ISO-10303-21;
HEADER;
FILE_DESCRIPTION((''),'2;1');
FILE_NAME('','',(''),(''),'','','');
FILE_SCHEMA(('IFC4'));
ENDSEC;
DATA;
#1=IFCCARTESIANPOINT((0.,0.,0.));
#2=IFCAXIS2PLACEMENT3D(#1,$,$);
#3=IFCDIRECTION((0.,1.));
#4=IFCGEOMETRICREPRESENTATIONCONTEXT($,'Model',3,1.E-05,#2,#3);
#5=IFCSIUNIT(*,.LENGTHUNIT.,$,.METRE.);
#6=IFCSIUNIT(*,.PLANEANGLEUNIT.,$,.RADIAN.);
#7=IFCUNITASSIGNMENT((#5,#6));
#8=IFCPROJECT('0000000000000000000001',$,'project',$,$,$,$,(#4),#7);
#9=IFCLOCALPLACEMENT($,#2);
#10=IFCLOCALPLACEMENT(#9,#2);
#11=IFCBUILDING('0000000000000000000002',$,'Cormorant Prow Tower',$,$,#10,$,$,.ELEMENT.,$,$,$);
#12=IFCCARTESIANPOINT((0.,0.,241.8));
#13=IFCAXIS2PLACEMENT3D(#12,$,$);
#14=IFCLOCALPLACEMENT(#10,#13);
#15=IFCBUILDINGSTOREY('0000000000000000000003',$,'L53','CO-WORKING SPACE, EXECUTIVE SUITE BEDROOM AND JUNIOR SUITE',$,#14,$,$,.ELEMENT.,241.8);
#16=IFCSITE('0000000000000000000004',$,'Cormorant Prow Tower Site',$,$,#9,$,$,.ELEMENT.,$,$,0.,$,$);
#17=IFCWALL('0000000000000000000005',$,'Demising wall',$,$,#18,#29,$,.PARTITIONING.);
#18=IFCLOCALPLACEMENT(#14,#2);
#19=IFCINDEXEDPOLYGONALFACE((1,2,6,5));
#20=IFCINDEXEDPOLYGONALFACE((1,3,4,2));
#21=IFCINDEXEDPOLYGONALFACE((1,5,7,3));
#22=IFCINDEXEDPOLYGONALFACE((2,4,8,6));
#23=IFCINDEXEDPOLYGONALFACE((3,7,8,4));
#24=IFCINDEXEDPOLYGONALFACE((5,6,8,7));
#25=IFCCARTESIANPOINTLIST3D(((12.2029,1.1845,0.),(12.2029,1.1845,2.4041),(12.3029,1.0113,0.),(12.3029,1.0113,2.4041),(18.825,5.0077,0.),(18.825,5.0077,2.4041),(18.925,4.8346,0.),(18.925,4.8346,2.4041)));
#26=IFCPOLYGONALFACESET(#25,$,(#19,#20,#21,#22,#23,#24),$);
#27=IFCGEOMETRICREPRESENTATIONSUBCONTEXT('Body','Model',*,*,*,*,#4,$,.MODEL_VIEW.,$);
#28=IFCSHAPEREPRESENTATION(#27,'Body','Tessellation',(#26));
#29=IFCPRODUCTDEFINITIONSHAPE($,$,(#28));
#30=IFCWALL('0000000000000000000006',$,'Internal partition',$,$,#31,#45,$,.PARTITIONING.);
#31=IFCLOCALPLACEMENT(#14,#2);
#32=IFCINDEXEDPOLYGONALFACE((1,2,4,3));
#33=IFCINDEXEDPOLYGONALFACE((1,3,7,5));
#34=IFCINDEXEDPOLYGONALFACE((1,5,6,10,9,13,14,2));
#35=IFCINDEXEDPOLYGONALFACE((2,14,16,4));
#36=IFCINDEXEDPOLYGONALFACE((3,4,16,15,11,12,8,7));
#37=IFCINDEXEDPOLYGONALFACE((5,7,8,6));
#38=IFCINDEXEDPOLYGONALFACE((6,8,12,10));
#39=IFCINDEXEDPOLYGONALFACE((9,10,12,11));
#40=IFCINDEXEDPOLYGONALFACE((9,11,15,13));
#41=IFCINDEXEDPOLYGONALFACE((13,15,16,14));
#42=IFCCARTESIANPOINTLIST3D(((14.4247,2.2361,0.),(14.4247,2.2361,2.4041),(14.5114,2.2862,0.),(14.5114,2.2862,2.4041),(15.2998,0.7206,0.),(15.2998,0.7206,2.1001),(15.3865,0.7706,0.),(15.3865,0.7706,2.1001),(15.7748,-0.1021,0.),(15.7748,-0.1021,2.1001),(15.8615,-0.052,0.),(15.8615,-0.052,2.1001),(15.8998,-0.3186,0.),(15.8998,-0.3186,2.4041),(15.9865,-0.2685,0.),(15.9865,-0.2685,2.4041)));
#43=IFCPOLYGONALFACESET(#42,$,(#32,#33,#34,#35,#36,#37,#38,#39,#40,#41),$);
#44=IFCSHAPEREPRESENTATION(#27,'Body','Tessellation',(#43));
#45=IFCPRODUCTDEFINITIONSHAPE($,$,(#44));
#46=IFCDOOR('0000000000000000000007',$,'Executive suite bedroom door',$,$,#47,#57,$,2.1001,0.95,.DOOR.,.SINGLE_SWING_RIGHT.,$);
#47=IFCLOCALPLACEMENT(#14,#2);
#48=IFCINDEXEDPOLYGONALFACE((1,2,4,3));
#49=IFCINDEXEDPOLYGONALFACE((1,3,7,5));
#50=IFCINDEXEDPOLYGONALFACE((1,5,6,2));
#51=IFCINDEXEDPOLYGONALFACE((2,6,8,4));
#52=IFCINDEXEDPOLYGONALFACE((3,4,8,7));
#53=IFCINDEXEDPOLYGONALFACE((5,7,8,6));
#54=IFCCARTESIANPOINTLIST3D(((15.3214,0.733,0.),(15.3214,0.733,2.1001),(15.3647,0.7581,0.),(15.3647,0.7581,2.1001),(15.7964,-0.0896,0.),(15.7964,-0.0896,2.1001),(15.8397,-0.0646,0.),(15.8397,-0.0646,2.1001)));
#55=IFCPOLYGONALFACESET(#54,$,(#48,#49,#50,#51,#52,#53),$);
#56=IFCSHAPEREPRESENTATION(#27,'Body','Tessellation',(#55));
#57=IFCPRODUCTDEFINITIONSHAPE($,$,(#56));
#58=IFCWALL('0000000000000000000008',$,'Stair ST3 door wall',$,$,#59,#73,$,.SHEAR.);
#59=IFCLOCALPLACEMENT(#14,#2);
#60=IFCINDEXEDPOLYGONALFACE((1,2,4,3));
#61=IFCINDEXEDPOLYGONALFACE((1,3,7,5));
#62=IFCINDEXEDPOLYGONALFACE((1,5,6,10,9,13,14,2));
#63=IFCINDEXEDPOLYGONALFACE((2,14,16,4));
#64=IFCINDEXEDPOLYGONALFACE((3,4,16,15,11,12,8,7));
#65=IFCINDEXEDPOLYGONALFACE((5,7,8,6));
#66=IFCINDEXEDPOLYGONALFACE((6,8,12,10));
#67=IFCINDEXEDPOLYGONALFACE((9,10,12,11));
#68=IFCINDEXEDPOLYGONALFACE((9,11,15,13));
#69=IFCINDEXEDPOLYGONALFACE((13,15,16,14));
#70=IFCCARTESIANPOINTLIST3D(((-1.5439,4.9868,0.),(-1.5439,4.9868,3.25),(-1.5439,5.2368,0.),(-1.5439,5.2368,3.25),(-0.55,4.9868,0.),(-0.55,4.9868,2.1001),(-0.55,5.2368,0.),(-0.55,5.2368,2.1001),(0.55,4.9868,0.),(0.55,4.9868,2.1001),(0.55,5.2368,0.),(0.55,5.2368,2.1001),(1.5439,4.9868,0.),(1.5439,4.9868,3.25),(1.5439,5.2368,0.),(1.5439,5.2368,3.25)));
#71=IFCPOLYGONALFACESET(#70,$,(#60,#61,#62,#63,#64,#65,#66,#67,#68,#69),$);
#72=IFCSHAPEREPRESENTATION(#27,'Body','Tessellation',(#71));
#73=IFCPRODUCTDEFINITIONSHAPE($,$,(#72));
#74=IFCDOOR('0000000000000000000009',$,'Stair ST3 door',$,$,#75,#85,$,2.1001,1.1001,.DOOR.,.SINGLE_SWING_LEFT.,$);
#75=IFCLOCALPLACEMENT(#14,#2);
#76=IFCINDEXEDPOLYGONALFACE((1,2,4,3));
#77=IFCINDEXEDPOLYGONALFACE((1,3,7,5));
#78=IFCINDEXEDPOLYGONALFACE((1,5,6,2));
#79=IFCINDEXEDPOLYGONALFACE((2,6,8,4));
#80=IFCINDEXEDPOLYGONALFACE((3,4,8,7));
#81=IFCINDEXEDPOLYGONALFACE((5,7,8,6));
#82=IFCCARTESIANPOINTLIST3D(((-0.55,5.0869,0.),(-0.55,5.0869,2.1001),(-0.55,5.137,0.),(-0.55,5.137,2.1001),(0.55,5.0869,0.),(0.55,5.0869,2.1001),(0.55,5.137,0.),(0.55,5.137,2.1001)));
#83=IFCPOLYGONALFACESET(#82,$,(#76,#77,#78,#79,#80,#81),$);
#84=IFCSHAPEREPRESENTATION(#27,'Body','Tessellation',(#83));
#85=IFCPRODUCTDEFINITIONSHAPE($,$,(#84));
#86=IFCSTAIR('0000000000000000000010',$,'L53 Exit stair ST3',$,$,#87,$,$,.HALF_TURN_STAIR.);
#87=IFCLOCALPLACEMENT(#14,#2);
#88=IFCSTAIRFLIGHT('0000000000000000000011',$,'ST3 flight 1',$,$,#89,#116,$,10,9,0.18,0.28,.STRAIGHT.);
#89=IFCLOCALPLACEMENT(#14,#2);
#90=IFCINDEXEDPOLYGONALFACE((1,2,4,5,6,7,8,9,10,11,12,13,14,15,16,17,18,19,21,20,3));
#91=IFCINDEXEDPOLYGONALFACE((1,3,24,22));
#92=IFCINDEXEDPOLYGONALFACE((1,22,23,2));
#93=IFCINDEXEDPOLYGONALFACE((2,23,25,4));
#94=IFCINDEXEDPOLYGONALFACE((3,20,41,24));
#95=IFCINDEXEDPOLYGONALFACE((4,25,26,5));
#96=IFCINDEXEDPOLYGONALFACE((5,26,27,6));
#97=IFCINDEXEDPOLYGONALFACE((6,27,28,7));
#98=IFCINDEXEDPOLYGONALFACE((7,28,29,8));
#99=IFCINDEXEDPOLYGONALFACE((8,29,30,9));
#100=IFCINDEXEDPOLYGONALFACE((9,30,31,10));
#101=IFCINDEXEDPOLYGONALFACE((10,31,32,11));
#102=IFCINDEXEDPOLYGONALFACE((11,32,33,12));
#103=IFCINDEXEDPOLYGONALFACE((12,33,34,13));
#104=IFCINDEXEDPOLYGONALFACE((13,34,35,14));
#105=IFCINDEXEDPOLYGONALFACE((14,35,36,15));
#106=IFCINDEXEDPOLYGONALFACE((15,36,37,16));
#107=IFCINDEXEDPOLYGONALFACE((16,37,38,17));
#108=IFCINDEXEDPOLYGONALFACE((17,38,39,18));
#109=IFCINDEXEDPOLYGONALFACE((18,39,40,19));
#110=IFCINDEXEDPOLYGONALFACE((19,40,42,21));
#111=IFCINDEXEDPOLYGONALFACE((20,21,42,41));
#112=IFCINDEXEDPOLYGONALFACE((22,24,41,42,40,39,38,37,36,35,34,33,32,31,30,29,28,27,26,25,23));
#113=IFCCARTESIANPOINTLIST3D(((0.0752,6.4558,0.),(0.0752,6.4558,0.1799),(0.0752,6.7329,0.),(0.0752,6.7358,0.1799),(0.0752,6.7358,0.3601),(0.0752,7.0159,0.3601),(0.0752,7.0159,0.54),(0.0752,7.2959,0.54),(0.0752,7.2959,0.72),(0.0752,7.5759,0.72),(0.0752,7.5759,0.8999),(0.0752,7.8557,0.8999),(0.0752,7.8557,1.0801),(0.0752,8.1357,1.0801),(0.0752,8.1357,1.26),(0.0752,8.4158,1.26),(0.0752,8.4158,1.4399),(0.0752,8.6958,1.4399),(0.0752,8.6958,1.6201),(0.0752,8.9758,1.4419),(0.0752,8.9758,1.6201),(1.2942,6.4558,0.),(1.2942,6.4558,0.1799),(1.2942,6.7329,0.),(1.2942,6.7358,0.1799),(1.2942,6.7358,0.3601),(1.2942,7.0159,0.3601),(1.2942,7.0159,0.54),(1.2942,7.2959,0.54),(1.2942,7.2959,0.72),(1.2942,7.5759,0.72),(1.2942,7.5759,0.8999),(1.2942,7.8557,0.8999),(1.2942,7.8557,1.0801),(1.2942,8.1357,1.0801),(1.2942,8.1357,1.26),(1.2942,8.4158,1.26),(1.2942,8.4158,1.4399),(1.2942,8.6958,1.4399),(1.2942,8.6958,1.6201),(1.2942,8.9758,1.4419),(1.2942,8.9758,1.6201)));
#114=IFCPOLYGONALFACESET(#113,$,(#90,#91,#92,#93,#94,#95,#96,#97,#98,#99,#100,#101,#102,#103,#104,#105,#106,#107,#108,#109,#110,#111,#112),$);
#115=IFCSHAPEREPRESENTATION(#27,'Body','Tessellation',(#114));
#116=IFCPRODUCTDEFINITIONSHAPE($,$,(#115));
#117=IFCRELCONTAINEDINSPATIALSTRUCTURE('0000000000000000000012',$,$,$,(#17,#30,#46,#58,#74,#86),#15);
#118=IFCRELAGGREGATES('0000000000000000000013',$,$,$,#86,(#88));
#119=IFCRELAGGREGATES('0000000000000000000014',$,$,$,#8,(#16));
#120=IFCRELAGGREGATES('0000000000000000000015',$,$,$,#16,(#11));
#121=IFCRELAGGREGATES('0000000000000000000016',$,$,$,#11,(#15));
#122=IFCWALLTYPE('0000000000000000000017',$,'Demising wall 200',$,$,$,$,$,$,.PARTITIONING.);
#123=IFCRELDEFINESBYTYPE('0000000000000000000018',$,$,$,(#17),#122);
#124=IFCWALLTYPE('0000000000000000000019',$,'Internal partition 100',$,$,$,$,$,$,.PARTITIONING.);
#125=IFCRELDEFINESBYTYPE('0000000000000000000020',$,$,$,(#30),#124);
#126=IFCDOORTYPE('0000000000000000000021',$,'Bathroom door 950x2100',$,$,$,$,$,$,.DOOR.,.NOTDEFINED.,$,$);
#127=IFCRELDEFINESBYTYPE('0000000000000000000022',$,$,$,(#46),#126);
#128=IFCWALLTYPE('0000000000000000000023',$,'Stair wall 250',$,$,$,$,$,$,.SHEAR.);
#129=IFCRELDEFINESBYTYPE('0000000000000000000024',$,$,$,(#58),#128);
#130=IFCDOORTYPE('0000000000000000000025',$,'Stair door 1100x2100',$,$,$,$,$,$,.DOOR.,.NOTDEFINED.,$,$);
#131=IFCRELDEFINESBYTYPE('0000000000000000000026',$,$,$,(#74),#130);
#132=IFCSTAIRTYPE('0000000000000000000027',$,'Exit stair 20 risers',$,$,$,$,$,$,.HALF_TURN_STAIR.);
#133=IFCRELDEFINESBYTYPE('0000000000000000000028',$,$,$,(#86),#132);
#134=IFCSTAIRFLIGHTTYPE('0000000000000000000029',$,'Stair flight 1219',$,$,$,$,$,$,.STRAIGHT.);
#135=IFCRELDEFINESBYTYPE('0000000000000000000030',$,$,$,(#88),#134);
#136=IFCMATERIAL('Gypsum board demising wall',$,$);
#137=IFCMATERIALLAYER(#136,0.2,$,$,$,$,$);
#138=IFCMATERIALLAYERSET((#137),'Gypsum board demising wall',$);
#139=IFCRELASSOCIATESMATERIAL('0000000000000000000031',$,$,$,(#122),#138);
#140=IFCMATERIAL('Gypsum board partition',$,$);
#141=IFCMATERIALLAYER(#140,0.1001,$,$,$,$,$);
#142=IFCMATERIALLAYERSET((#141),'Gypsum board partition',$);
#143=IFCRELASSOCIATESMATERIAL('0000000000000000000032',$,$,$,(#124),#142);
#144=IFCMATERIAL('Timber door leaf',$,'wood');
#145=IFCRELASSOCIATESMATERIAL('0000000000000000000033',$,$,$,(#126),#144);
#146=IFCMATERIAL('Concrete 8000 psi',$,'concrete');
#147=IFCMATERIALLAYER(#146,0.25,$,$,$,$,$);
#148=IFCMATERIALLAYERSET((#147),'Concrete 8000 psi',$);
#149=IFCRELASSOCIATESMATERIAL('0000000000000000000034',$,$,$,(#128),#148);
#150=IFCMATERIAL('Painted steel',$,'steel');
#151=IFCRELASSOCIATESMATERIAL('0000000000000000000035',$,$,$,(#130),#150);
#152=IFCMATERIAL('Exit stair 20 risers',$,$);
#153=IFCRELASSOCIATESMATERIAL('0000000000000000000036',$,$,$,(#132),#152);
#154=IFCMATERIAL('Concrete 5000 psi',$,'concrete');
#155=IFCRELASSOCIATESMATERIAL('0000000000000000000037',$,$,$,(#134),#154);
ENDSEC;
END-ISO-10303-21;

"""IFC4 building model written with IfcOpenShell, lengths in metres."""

from ifc_helpers import new_model, si_unit, direction, frame, frame_2d, origin, place, context, subcontext, project, spatial, polyline, rectangle, outline, extrude, material, layer, layer_set, type_object, element, fill, aggregate, save


model = new_model("IFC4")

# Units and contexts
model_context = context("Model", 3, precision=1e-05, world=origin(), true_north=direction((0.0, 1.0)))
body_context = subcontext(model_context, "Body", "Model", "MODEL_VIEW")
ifc_project = project(units=[si_unit("LENGTHUNIT", "METRE"), si_unit("PLANEANGLEUNIT", "RADIAN")], contexts=[model_context])

# Site, building, storey
site_placement = place(None, origin())
site = spatial("IfcSite", under=ifc_project, at=site_placement, Name="Cormorant Prow Tower Site", CompositionType="ELEMENT", RefElevation=0.0)
building_placement = place(site_placement, origin())
building = spatial("IfcBuilding", under=site, at=building_placement, Name="Cormorant Prow Tower", CompositionType="ELEMENT")
storey_placement = place(building_placement, frame((0.0, 0.0, 241.8)))
storey = spatial("IfcBuildingStorey", under=building, at=storey_placement, Name="L53", Description="CO-WORKING SPACE, EXECUTIVE SUITE BEDROOM AND JUNIOR SUITE", CompositionType="ELEMENT", Elevation=241.8)

# Wall
ifc_material_1 = material(Name="Gypsum board demising wall")
ifc_layer_1 = layer(ifc_material_1, 0.2)
ifc_layer_set_1 = layer_set([ifc_layer_1], Name="Gypsum board demising wall")
wall_type_1 = type_object("IfcWallType", Name="Demising wall 200", PredefinedType="PARTITIONING", material=ifc_layer_set_1)
wall_1_placement = place(storey_placement, frame((12.2529, 1.0979, 0.0), z_axis=(0.0, 0.0, 1.0), x_axis=(0.866026, 0.499999, 0.0)))
element("IfcWall", 1, at=wall_1_placement, inside=storey, type_object=wall_type_1, Name="Demising wall", PredefinedType="PARTITIONING", context=body_context, shape_type="SweptSolid", body=[
    extrude(rectangle(XDim=7.6465, YDim=0.2, at=frame_2d((3.8232, 0.0))), origin(), (0.0, 0.0, 1.0), 2.4041),
])

# Walls, openings, doors
ifc_material_2 = material(Name="Gypsum board partition")
ifc_layer_2 = layer(ifc_material_2, 0.1001)
ifc_layer_set_2 = layer_set([ifc_layer_2], Name="Gypsum board partition")
wall_type_2 = type_object("IfcWallType", Name="Internal partition 100", PredefinedType="PARTITIONING", material=ifc_layer_set_2)
wall_2_placement = place(storey_placement, frame((14.468, 2.2612, 0.0), z_axis=(0.0, 0.0, 1.0), x_axis=(0.500038, -0.866004, 0.0)))
wall_2 = element("IfcWall", 2, at=wall_2_placement, inside=storey, type_object=wall_type_2, Name="Internal partition", PredefinedType="PARTITIONING", context=body_context, shape_type="SweptSolid", body=[
    extrude(rectangle(XDim=2.95, YDim=0.1001, at=frame_2d((1.4751, 0.0))), origin(), (0.0, 0.0, 1.0), 2.4041),
])
opening_1_placement = place(wall_2_placement, frame((1.75, 0.0, 0.0)))
opening_1 = element("IfcOpeningElement", 3, at=opening_1_placement, cuts=wall_2, PredefinedType="OPENING", context=body_context, shape_type="SweptSolid", body=[
    extrude(rectangle(XDim=0.95, YDim=2.1001, at=frame_2d((0.4751, 1.05))), frame((0.0, 0.0601, 0.0), z_axis=(0.0, -1.0, 0.0), x_axis=(1.0, 0.0, 0.0)), (0.0, 0.0, 1.0), 0.1201),
])
ifc_material_3 = material(Name="Timber door leaf", Category="wood")
door_type_1 = type_object("IfcDoorType", Name="Bathroom door 950x2100", OperationType="NOTDEFINED", PredefinedType="DOOR", material=ifc_material_3)
door_1_placement = place(opening_1_placement, origin())
door_1 = element("IfcDoor", 4, at=door_1_placement, inside=storey, type_object=door_type_1, Name="Executive suite bedroom door", OperationType="SINGLE_SWING_RIGHT", OverallHeight=2.1001, OverallWidth=0.95, PredefinedType="DOOR", context=body_context, shape_type="SweptSolid", body=[
    extrude(rectangle(XDim=0.95, YDim=2.1001, at=frame_2d((0.4751, 1.05))), frame((0.0, 0.0249, 0.0), z_axis=(0.0, -1.0, 0.0), x_axis=(1.0, 0.0, 0.0)), (0.0, 0.0, 1.0), 0.05),
])
fill(opening_1, door_1)
ifc_material_4 = material(Name="Concrete 8000 psi", Category="concrete")
ifc_layer_3 = layer(ifc_material_4, 0.25)
ifc_layer_set_3 = layer_set([ifc_layer_3], Name="Concrete 8000 psi")
wall_type_3 = type_object("IfcWallType", Name="Stair wall 250", PredefinedType="SHEAR", material=ifc_layer_set_3)
wall_3_placement = place(storey_placement, frame((1.5439, 5.1118, 0.0), z_axis=(0.0, 0.0, 1.0), x_axis=(-1.0, 0.0, 0.0)))
wall_3 = element("IfcWall", 5, at=wall_3_placement, inside=storey, type_object=wall_type_3, Name="Stair ST3 door wall", PredefinedType="SHEAR", context=body_context, shape_type="SweptSolid", body=[
    extrude(rectangle(XDim=3.0879, YDim=0.25, at=frame_2d((1.5439, 0.0))), origin(), (0.0, 0.0, 1.0), 3.25),
])
opening_2_placement = place(wall_3_placement, frame((0.9939, 0.0, 0.0)))
opening_2 = element("IfcOpeningElement", 6, at=opening_2_placement, cuts=wall_3, PredefinedType="OPENING", context=body_context, shape_type="SweptSolid", body=[
    extrude(rectangle(XDim=1.1001, YDim=2.1001, at=frame_2d((0.55, 1.05))), frame((0.0, 0.135, 0.0), z_axis=(0.0, -1.0, 0.0), x_axis=(1.0, 0.0, 0.0)), (0.0, 0.0, 1.0), 0.27),
])
ifc_material_5 = material(Name="Painted steel", Category="steel")
door_type_2 = type_object("IfcDoorType", Name="Stair door 1100x2100", OperationType="NOTDEFINED", PredefinedType="DOOR", material=ifc_material_5)
door_2_placement = place(opening_2_placement, origin())
door_2 = element("IfcDoor", 7, at=door_2_placement, inside=storey, type_object=door_type_2, Name="Stair ST3 door", OperationType="SINGLE_SWING_LEFT", OverallHeight=2.1001, OverallWidth=1.1001, PredefinedType="DOOR", context=body_context, shape_type="SweptSolid", body=[
    extrude(rectangle(XDim=1.1001, YDim=2.1001, at=frame_2d((0.55, 1.05))), frame((0.0, 0.0249, 0.0), z_axis=(0.0, -1.0, 0.0), x_axis=(1.0, 0.0, 0.0)), (0.0, 0.0, 1.0), 0.05),
])
fill(opening_2, door_2)

# Stair, stair flight
ifc_material_6 = material(Name="Exit stair 20 risers")
stair_type = type_object("IfcStairType", Name="Exit stair 20 risers", PredefinedType="HALF_TURN_STAIR", material=ifc_material_6)
stair_placement = place(storey_placement, origin())
stair = element("IfcStair", 8, at=stair_placement, inside=storey, type_object=stair_type, Name="L53 Exit stair ST3", PredefinedType="HALF_TURN_STAIR")
ifc_material_7 = material(Name="Concrete 5000 psi", Category="concrete")
stair_flight_type = type_object("IfcStairFlightType", Name="Stair flight 1219", PredefinedType="STRAIGHT", material=ifc_material_7)
stair_flight_placement = place(storey_placement, frame((0.6846, 6.4558, 0.0), z_axis=(0.0, 0.0, 1.0), x_axis=(0.0, 1.0, 0.0)))
stair_flight = element("IfcStairFlight", 9, at=stair_flight_placement, type_object=stair_flight_type, Name="ST3 flight 1", NumberOfRisers=10, NumberOfTreads=9, PredefinedType="STRAIGHT", RiserHeight=0.18, TreadLength=0.28, context=body_context, shape_type="SweptSolid", body=[
    extrude(outline(polyline([(0.0, 0.0), (0.0, 0.1799), (0.28, 0.1799), (0.28, 0.3601), (0.5601, 0.3601), (0.5601, 0.54), (0.8401, 0.54), (0.8401, 0.72), (1.1201, 0.72), (1.1201, 0.8999), (1.3999, 0.8999), (1.3999, 1.0801), (1.6799, 1.0801), (1.6799, 1.26), (1.96, 1.26), (1.96, 1.4399), (2.24, 1.4399), (2.24, 1.6201), (2.52, 1.6201), (2.52, 1.8), (2.52, 1.4419), (0.2771, 0.0), (0.0, 0.0)])), frame((0.0, 0.6094, 0.0), z_axis=(0.0, -1.0, 0.0), x_axis=(1.0, 0.0, 0.0)), (0.0, 0.0, 1.0), 1.219),
])
aggregate(stair, [stair_flight])

save(model, "model.ifc")
